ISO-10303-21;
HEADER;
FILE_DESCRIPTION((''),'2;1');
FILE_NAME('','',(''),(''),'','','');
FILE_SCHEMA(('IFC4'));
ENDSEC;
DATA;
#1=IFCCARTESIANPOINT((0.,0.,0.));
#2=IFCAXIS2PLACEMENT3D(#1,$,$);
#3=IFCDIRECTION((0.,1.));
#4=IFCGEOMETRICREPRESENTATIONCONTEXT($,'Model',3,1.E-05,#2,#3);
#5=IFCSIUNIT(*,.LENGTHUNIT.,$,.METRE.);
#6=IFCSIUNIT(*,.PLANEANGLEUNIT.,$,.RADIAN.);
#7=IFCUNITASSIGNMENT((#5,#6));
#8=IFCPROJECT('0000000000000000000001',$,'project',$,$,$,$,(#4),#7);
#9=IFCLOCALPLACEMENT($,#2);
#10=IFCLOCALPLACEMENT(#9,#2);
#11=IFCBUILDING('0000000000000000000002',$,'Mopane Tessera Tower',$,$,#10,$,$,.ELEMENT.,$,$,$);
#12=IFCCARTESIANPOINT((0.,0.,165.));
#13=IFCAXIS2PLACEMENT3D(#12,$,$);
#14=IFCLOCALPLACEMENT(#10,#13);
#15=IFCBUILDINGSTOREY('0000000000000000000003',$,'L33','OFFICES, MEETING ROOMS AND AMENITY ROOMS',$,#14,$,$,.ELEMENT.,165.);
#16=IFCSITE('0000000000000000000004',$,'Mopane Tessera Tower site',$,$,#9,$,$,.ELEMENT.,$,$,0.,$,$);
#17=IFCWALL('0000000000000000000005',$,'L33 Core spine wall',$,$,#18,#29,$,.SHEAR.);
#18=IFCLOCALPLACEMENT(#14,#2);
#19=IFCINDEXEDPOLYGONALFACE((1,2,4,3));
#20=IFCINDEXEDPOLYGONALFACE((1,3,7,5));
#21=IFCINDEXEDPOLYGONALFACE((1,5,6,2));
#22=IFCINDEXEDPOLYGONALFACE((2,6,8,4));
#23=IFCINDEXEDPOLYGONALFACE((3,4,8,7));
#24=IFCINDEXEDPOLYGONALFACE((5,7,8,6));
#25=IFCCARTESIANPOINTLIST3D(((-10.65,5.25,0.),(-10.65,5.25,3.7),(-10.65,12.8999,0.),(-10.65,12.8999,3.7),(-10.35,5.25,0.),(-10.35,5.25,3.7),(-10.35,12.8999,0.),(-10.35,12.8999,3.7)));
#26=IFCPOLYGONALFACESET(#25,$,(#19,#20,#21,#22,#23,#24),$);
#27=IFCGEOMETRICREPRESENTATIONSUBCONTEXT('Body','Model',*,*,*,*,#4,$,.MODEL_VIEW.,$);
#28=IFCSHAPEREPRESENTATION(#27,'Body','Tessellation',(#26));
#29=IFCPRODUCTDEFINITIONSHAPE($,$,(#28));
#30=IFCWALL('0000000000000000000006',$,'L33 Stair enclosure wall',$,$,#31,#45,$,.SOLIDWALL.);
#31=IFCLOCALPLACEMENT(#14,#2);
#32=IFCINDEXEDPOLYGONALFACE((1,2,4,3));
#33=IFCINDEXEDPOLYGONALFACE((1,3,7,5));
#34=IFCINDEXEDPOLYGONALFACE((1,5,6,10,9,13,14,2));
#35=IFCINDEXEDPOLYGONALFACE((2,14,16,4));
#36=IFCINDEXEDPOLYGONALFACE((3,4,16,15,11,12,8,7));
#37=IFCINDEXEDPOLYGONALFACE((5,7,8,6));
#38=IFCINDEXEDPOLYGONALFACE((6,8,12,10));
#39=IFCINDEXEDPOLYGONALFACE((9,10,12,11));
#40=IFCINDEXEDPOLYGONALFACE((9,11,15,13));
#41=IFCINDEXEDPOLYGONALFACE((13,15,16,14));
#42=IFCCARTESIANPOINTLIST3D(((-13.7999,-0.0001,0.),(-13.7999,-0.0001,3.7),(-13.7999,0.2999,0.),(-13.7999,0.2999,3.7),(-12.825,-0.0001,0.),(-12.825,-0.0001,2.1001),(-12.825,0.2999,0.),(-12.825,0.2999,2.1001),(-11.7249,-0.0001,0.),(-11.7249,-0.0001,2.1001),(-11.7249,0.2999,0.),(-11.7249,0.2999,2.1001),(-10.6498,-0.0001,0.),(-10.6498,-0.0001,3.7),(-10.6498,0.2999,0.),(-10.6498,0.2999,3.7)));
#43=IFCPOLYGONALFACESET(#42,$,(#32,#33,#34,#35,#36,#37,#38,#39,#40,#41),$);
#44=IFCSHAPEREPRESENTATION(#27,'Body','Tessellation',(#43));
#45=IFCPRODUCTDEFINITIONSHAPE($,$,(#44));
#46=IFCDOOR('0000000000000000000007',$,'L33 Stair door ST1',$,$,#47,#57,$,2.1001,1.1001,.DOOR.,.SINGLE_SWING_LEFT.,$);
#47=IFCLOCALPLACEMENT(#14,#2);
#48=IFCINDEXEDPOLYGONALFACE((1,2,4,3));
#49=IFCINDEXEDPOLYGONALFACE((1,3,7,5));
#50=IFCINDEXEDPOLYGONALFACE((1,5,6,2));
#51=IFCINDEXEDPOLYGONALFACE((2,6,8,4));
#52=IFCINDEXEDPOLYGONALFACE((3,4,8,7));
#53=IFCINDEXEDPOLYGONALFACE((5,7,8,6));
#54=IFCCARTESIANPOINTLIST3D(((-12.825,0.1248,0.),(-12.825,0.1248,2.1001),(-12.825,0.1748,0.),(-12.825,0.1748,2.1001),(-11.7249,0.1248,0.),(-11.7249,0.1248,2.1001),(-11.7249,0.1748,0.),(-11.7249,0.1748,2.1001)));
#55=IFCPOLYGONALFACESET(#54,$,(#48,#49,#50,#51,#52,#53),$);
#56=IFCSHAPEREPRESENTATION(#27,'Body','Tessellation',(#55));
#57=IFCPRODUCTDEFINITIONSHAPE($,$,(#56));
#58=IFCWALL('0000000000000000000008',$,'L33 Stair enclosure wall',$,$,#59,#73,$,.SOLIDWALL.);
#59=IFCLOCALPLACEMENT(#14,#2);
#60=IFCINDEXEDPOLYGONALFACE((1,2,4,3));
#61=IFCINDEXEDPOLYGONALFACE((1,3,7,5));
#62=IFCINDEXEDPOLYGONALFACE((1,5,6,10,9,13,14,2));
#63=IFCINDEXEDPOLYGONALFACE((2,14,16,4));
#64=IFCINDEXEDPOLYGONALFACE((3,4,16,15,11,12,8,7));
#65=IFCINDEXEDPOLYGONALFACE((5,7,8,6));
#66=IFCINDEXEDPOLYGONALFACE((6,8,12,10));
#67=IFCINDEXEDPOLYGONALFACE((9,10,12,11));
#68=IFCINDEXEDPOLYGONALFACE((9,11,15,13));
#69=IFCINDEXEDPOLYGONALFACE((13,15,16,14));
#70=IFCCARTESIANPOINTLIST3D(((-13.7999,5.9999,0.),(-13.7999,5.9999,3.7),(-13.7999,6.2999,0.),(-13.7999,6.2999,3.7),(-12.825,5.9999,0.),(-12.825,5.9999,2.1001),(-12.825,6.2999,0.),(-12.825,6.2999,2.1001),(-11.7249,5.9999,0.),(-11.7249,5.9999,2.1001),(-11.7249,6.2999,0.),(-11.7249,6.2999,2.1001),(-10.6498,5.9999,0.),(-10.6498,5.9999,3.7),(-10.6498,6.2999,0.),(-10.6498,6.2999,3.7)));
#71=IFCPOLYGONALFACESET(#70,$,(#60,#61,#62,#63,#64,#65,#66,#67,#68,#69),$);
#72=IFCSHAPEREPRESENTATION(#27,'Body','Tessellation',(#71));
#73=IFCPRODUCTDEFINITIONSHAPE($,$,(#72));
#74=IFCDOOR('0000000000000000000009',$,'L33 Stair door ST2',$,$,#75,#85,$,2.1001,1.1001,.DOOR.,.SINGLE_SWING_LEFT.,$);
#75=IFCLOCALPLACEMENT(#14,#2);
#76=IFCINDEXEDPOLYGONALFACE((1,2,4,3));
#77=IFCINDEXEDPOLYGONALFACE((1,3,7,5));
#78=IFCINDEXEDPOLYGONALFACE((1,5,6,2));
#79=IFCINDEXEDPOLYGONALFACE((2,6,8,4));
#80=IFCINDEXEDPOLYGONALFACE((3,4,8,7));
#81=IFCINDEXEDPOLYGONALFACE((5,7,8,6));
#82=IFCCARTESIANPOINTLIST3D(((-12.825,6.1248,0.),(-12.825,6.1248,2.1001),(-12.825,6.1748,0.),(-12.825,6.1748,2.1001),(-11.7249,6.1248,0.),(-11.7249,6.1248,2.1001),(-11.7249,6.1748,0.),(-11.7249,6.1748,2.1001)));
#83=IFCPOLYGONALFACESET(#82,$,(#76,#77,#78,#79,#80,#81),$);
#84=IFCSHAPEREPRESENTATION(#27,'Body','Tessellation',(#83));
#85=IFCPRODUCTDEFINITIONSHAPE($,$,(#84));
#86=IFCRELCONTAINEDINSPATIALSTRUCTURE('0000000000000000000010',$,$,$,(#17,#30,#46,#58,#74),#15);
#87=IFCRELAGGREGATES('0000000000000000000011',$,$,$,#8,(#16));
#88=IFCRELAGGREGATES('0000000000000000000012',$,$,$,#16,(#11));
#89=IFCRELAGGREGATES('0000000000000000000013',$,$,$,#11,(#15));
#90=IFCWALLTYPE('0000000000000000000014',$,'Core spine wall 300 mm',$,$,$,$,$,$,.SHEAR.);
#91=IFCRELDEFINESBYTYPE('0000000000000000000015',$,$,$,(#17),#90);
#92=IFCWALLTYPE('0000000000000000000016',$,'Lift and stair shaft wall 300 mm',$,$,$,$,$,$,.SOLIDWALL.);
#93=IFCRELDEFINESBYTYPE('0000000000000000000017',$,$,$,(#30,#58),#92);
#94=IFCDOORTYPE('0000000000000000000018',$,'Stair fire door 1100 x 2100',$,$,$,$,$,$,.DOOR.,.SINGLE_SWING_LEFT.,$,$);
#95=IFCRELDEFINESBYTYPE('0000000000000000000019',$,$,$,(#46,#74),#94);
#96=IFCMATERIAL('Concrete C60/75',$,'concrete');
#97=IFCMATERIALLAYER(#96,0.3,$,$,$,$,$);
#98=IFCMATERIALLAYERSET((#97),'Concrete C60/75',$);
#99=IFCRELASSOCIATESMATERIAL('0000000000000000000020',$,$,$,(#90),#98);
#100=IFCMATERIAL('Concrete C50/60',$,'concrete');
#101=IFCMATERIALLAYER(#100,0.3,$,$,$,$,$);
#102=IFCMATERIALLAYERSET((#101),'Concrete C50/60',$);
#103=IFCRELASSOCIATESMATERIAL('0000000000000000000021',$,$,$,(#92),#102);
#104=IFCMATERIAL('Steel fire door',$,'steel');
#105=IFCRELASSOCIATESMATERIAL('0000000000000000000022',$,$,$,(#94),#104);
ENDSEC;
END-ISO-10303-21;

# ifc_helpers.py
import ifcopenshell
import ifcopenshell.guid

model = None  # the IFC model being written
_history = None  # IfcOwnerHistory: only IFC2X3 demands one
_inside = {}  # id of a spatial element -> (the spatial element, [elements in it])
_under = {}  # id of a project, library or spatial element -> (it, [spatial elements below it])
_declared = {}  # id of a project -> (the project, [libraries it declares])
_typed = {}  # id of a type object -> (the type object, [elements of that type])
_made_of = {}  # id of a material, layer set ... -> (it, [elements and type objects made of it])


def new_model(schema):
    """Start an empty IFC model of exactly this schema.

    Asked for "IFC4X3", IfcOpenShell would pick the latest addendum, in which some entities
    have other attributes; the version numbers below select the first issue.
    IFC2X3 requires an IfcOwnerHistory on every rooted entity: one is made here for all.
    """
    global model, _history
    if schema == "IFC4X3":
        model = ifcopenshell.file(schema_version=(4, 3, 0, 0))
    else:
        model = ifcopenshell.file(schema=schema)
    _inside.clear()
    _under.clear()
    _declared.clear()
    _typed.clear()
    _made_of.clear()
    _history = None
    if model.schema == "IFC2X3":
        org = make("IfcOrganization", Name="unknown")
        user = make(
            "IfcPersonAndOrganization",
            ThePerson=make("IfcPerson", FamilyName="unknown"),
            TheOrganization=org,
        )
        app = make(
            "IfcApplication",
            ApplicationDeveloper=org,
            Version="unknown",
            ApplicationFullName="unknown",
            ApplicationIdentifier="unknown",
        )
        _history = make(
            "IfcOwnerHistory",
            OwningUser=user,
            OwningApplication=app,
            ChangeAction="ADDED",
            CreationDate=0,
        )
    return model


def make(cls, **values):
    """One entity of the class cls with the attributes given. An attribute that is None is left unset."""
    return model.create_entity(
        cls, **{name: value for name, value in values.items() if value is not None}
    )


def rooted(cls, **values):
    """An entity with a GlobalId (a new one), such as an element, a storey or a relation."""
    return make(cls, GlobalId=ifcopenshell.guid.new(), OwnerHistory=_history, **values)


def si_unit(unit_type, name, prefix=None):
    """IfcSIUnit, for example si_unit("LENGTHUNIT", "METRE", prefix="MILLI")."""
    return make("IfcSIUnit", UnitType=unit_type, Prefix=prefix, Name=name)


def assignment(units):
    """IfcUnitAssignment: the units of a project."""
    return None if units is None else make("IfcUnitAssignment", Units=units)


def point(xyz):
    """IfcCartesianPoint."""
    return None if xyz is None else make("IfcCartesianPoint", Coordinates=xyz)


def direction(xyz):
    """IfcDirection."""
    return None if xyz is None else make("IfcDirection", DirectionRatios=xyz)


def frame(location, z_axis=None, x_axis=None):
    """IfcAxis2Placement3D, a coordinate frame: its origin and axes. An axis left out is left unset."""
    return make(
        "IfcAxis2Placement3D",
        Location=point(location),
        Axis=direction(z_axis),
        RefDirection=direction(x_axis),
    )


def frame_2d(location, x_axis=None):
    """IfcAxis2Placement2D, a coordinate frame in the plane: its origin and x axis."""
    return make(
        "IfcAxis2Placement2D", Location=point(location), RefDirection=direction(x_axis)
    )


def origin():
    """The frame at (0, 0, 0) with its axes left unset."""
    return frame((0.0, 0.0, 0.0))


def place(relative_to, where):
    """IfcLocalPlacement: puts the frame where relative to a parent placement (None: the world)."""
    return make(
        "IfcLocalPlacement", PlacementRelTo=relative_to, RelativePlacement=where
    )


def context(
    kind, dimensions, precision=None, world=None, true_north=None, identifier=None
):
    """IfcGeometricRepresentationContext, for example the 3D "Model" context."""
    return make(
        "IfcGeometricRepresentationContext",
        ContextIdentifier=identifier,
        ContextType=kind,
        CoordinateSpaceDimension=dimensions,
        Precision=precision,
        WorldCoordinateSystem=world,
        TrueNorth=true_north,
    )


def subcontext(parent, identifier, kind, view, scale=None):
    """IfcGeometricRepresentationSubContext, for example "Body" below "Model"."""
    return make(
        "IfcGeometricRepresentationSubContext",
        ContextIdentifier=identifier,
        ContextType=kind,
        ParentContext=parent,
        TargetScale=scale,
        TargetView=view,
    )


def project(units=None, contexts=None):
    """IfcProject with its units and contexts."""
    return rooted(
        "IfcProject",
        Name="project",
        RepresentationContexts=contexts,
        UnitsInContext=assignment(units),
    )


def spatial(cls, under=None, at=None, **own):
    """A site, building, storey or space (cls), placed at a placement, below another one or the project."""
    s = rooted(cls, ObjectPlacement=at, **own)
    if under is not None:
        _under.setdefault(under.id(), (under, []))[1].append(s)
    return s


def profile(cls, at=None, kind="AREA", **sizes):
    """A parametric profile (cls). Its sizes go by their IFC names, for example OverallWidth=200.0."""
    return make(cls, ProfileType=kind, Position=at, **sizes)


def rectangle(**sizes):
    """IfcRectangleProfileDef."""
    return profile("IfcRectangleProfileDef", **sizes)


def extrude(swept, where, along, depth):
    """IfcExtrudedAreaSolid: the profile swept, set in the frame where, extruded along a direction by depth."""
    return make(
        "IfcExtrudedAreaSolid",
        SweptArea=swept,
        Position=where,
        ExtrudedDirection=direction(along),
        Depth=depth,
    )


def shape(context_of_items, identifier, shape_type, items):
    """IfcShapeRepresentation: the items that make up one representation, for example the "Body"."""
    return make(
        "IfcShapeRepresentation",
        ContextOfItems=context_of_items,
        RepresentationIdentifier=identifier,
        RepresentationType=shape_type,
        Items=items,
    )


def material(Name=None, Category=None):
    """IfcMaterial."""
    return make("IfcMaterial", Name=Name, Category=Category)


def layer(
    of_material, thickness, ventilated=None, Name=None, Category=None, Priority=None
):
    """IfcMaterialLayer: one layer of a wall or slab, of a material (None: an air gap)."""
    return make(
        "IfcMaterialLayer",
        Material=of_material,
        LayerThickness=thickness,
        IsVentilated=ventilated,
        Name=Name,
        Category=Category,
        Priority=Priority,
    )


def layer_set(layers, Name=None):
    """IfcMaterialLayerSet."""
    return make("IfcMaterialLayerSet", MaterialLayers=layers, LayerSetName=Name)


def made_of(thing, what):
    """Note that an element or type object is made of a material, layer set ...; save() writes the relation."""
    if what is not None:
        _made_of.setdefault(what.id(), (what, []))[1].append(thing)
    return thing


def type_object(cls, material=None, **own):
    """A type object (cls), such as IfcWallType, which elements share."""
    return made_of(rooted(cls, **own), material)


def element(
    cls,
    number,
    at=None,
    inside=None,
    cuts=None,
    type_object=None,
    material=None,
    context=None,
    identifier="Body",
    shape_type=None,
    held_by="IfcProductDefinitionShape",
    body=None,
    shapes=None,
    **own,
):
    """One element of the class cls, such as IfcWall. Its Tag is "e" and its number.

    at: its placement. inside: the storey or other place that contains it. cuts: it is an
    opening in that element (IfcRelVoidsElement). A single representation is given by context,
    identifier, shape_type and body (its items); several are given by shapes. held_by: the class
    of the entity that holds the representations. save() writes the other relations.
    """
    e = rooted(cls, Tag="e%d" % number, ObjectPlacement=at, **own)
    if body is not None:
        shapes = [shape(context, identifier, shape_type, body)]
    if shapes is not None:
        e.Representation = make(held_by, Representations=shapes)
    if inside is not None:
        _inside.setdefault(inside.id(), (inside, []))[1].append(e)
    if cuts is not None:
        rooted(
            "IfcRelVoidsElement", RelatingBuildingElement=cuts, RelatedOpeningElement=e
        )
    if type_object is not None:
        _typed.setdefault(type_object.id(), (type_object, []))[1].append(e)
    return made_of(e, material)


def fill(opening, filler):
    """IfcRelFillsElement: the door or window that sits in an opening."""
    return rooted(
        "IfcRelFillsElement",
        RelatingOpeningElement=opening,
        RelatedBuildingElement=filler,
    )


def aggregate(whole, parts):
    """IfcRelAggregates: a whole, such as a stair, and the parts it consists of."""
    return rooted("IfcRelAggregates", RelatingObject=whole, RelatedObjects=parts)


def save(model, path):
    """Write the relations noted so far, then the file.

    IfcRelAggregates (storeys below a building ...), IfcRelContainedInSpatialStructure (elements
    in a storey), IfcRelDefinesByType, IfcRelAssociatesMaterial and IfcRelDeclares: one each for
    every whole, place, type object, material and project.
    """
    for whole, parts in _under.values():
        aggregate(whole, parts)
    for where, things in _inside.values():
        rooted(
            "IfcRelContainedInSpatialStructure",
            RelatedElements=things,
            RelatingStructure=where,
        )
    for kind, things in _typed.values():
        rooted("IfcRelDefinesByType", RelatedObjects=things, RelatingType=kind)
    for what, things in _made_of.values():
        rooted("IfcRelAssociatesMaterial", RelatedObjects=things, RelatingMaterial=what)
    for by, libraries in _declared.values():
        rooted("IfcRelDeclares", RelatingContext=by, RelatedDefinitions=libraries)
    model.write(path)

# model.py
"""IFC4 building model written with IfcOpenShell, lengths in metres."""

from ifc_helpers import new_model, si_unit, direction, frame, frame_2d, origin, place, context, subcontext, project, spatial, rectangle, extrude, material, layer, layer_set, type_object, element, fill, save


model = new_model("IFC4")

# Units and contexts
model_context = context("Model", 3, precision=1e-05, world=origin(), true_north=direction((0.0, 1.0)))
body_context = subcontext(model_context, "Body", "Model", "MODEL_VIEW")
ifc_project = project(units=[si_unit("LENGTHUNIT", "METRE"), si_unit("PLANEANGLEUNIT", "RADIAN")], contexts=[model_context])

# Site, building, storey
site_placement = place(None, origin())
site = spatial("IfcSite", under=ifc_project, at=site_placement, Name="Mopane Tessera Tower site", CompositionType="ELEMENT", RefElevation=0.0)
building_placement = place(site_placement, origin())
building = spatial("IfcBuilding", under=site, at=building_placement, Name="Mopane Tessera Tower", CompositionType="ELEMENT")
storey_placement = place(building_placement, frame((0.0, 0.0, 165.0)))
storey = spatial("IfcBuildingStorey", under=building, at=storey_placement, Name="L33", Description="OFFICES, MEETING ROOMS AND AMENITY ROOMS", CompositionType="ELEMENT", Elevation=165.0)

# Wall
ifc_material_1 = material(Name="Concrete C60/75", Category="concrete")
ifc_layer_1 = layer(ifc_material_1, 0.3)
ifc_layer_set_1 = layer_set([ifc_layer_1], Name="Concrete C60/75")
wall_type_1 = type_object("IfcWallType", Name="Core spine wall 300 mm", PredefinedType="SHEAR", material=ifc_layer_set_1)
wall_1_placement = place(storey_placement, frame((-10.5, 5.25, 0.0), z_axis=(0.0, 0.0, 1.0), x_axis=(0.0, 1.0, 0.0)))
element("IfcWall", 1, at=wall_1_placement, inside=storey, type_object=wall_type_1, Name="L33 Core spine wall", PredefinedType="SHEAR", context=body_context, shape_type="SweptSolid", body=[
    extrude(rectangle(XDim=7.6499, YDim=0.3, at=frame_2d((3.825, 0.0))), origin(), (0.0, 0.0, 1.0), 3.7),
])

# Walls, openings, doors
ifc_material_2 = material(Name="Concrete C50/60", Category="concrete")
ifc_layer_2 = layer(ifc_material_2, 0.3)
ifc_layer_set_2 = layer_set([ifc_layer_2], Name="Concrete C50/60")
wall_type_2 = type_object("IfcWallType", Name="Lift and stair shaft wall 300 mm", PredefinedType="SOLIDWALL", material=ifc_layer_set_2)
wall_2_placement = place(storey_placement, frame((-13.8, 0.1499, 0.0), z_axis=(0.0, 0.0, 1.0), x_axis=(1.0, 0.0, 0.0)))
wall_2 = element("IfcWall", 2, at=wall_2_placement, inside=storey, type_object=wall_type_2, Name="L33 Stair enclosure wall", PredefinedType="SOLIDWALL", context=body_context, shape_type="SweptSolid", body=[
    extrude(rectangle(XDim=3.1501, YDim=0.3, at=frame_2d((1.5752, 0.0))), origin(), (0.0, 0.0, 1.0), 3.7),
])
opening_1_placement = place(wall_2_placement, frame((0.9751, 0.0, 0.0)))
opening_1 = element("IfcOpeningElement", 3, at=opening_1_placement, cuts=wall_2, PredefinedType="OPENING", context=body_context, shape_type="SweptSolid", body=[
    extrude(rectangle(XDim=1.1001, YDim=2.1001, at=frame_2d((0.55, 1.05))), frame((0.0, 0.1621, 0.0), z_axis=(0.0, -1.0, 0.0), x_axis=(1.0, 0.0, 0.0)), (0.0, 0.0, 1.0), 0.324),
])
ifc_material_3 = material(Name="Steel fire door", Category="steel")
door_type_1 = type_object("IfcDoorType", Name="Stair fire door 1100 x 2100", OperationType="SINGLE_SWING_LEFT", PredefinedType="DOOR", material=ifc_material_3)
door_1_placement = place(opening_1_placement, origin())
door_1 = element("IfcDoor", 4, at=door_1_placement, inside=storey, type_object=door_type_1, Name="L33 Stair door ST1", OperationType="SINGLE_SWING_LEFT", OverallHeight=2.1001, OverallWidth=1.1001, PredefinedType="DOOR", context=body_context, shape_type="SweptSolid", body=[
    extrude(rectangle(XDim=1.1001, YDim=2.1001, at=frame_2d((0.55, 1.05))), frame((0.0, 0.0249, 0.0), z_axis=(0.0, -1.0, 0.0), x_axis=(1.0, 0.0, 0.0)), (0.0, 0.0, 1.0), 0.05),
])
fill(opening_1, door_1)
wall_3_placement = place(storey_placement, frame((-13.8, 6.1499, 0.0), z_axis=(0.0, 0.0, 1.0), x_axis=(1.0, 0.0, 0.0)))
wall_3 = element("IfcWall", 5, at=wall_3_placement, inside=storey, type_object=wall_type_2, Name="L33 Stair enclosure wall", PredefinedType="SOLIDWALL", context=body_context, shape_type="SweptSolid", body=[
    extrude(rectangle(XDim=3.1501, YDim=0.3, at=frame_2d((1.5752, 0.0))), origin(), (0.0, 0.0, 1.0), 3.7),
])
opening_2_placement = place(wall_3_placement, frame((0.9751, 0.0, 0.0)))
opening_2 = element("IfcOpeningElement", 6, at=opening_2_placement, cuts=wall_3, PredefinedType="OPENING", context=body_context, shape_type="SweptSolid", body=[
    extrude(rectangle(XDim=1.1001, YDim=2.1001, at=frame_2d((0.55, 1.05))), frame((0.0, 0.1621, 0.0), z_axis=(0.0, -1.0, 0.0), x_axis=(1.0, 0.0, 0.0)), (0.0, 0.0, 1.0), 0.324),
])
door_2_placement = place(opening_2_placement, origin())
door_2 = element("IfcDoor", 7, at=door_2_placement, inside=storey, type_object=door_type_1, Name="L33 Stair door ST2", OperationType="SINGLE_SWING_LEFT", OverallHeight=2.1001, OverallWidth=1.1001, PredefinedType="DOOR", context=body_context, shape_type="SweptSolid", body=[
    extrude(rectangle(XDim=1.1001, YDim=2.1001, at=frame_2d((0.55, 1.05))), frame((0.0, 0.0249, 0.0), z_axis=(0.0, -1.0, 0.0), x_axis=(1.0, 0.0, 0.0)), (0.0, 0.0, 1.0), 0.05),
])
fill(opening_2, door_2)

save(model, "model.ifc")
